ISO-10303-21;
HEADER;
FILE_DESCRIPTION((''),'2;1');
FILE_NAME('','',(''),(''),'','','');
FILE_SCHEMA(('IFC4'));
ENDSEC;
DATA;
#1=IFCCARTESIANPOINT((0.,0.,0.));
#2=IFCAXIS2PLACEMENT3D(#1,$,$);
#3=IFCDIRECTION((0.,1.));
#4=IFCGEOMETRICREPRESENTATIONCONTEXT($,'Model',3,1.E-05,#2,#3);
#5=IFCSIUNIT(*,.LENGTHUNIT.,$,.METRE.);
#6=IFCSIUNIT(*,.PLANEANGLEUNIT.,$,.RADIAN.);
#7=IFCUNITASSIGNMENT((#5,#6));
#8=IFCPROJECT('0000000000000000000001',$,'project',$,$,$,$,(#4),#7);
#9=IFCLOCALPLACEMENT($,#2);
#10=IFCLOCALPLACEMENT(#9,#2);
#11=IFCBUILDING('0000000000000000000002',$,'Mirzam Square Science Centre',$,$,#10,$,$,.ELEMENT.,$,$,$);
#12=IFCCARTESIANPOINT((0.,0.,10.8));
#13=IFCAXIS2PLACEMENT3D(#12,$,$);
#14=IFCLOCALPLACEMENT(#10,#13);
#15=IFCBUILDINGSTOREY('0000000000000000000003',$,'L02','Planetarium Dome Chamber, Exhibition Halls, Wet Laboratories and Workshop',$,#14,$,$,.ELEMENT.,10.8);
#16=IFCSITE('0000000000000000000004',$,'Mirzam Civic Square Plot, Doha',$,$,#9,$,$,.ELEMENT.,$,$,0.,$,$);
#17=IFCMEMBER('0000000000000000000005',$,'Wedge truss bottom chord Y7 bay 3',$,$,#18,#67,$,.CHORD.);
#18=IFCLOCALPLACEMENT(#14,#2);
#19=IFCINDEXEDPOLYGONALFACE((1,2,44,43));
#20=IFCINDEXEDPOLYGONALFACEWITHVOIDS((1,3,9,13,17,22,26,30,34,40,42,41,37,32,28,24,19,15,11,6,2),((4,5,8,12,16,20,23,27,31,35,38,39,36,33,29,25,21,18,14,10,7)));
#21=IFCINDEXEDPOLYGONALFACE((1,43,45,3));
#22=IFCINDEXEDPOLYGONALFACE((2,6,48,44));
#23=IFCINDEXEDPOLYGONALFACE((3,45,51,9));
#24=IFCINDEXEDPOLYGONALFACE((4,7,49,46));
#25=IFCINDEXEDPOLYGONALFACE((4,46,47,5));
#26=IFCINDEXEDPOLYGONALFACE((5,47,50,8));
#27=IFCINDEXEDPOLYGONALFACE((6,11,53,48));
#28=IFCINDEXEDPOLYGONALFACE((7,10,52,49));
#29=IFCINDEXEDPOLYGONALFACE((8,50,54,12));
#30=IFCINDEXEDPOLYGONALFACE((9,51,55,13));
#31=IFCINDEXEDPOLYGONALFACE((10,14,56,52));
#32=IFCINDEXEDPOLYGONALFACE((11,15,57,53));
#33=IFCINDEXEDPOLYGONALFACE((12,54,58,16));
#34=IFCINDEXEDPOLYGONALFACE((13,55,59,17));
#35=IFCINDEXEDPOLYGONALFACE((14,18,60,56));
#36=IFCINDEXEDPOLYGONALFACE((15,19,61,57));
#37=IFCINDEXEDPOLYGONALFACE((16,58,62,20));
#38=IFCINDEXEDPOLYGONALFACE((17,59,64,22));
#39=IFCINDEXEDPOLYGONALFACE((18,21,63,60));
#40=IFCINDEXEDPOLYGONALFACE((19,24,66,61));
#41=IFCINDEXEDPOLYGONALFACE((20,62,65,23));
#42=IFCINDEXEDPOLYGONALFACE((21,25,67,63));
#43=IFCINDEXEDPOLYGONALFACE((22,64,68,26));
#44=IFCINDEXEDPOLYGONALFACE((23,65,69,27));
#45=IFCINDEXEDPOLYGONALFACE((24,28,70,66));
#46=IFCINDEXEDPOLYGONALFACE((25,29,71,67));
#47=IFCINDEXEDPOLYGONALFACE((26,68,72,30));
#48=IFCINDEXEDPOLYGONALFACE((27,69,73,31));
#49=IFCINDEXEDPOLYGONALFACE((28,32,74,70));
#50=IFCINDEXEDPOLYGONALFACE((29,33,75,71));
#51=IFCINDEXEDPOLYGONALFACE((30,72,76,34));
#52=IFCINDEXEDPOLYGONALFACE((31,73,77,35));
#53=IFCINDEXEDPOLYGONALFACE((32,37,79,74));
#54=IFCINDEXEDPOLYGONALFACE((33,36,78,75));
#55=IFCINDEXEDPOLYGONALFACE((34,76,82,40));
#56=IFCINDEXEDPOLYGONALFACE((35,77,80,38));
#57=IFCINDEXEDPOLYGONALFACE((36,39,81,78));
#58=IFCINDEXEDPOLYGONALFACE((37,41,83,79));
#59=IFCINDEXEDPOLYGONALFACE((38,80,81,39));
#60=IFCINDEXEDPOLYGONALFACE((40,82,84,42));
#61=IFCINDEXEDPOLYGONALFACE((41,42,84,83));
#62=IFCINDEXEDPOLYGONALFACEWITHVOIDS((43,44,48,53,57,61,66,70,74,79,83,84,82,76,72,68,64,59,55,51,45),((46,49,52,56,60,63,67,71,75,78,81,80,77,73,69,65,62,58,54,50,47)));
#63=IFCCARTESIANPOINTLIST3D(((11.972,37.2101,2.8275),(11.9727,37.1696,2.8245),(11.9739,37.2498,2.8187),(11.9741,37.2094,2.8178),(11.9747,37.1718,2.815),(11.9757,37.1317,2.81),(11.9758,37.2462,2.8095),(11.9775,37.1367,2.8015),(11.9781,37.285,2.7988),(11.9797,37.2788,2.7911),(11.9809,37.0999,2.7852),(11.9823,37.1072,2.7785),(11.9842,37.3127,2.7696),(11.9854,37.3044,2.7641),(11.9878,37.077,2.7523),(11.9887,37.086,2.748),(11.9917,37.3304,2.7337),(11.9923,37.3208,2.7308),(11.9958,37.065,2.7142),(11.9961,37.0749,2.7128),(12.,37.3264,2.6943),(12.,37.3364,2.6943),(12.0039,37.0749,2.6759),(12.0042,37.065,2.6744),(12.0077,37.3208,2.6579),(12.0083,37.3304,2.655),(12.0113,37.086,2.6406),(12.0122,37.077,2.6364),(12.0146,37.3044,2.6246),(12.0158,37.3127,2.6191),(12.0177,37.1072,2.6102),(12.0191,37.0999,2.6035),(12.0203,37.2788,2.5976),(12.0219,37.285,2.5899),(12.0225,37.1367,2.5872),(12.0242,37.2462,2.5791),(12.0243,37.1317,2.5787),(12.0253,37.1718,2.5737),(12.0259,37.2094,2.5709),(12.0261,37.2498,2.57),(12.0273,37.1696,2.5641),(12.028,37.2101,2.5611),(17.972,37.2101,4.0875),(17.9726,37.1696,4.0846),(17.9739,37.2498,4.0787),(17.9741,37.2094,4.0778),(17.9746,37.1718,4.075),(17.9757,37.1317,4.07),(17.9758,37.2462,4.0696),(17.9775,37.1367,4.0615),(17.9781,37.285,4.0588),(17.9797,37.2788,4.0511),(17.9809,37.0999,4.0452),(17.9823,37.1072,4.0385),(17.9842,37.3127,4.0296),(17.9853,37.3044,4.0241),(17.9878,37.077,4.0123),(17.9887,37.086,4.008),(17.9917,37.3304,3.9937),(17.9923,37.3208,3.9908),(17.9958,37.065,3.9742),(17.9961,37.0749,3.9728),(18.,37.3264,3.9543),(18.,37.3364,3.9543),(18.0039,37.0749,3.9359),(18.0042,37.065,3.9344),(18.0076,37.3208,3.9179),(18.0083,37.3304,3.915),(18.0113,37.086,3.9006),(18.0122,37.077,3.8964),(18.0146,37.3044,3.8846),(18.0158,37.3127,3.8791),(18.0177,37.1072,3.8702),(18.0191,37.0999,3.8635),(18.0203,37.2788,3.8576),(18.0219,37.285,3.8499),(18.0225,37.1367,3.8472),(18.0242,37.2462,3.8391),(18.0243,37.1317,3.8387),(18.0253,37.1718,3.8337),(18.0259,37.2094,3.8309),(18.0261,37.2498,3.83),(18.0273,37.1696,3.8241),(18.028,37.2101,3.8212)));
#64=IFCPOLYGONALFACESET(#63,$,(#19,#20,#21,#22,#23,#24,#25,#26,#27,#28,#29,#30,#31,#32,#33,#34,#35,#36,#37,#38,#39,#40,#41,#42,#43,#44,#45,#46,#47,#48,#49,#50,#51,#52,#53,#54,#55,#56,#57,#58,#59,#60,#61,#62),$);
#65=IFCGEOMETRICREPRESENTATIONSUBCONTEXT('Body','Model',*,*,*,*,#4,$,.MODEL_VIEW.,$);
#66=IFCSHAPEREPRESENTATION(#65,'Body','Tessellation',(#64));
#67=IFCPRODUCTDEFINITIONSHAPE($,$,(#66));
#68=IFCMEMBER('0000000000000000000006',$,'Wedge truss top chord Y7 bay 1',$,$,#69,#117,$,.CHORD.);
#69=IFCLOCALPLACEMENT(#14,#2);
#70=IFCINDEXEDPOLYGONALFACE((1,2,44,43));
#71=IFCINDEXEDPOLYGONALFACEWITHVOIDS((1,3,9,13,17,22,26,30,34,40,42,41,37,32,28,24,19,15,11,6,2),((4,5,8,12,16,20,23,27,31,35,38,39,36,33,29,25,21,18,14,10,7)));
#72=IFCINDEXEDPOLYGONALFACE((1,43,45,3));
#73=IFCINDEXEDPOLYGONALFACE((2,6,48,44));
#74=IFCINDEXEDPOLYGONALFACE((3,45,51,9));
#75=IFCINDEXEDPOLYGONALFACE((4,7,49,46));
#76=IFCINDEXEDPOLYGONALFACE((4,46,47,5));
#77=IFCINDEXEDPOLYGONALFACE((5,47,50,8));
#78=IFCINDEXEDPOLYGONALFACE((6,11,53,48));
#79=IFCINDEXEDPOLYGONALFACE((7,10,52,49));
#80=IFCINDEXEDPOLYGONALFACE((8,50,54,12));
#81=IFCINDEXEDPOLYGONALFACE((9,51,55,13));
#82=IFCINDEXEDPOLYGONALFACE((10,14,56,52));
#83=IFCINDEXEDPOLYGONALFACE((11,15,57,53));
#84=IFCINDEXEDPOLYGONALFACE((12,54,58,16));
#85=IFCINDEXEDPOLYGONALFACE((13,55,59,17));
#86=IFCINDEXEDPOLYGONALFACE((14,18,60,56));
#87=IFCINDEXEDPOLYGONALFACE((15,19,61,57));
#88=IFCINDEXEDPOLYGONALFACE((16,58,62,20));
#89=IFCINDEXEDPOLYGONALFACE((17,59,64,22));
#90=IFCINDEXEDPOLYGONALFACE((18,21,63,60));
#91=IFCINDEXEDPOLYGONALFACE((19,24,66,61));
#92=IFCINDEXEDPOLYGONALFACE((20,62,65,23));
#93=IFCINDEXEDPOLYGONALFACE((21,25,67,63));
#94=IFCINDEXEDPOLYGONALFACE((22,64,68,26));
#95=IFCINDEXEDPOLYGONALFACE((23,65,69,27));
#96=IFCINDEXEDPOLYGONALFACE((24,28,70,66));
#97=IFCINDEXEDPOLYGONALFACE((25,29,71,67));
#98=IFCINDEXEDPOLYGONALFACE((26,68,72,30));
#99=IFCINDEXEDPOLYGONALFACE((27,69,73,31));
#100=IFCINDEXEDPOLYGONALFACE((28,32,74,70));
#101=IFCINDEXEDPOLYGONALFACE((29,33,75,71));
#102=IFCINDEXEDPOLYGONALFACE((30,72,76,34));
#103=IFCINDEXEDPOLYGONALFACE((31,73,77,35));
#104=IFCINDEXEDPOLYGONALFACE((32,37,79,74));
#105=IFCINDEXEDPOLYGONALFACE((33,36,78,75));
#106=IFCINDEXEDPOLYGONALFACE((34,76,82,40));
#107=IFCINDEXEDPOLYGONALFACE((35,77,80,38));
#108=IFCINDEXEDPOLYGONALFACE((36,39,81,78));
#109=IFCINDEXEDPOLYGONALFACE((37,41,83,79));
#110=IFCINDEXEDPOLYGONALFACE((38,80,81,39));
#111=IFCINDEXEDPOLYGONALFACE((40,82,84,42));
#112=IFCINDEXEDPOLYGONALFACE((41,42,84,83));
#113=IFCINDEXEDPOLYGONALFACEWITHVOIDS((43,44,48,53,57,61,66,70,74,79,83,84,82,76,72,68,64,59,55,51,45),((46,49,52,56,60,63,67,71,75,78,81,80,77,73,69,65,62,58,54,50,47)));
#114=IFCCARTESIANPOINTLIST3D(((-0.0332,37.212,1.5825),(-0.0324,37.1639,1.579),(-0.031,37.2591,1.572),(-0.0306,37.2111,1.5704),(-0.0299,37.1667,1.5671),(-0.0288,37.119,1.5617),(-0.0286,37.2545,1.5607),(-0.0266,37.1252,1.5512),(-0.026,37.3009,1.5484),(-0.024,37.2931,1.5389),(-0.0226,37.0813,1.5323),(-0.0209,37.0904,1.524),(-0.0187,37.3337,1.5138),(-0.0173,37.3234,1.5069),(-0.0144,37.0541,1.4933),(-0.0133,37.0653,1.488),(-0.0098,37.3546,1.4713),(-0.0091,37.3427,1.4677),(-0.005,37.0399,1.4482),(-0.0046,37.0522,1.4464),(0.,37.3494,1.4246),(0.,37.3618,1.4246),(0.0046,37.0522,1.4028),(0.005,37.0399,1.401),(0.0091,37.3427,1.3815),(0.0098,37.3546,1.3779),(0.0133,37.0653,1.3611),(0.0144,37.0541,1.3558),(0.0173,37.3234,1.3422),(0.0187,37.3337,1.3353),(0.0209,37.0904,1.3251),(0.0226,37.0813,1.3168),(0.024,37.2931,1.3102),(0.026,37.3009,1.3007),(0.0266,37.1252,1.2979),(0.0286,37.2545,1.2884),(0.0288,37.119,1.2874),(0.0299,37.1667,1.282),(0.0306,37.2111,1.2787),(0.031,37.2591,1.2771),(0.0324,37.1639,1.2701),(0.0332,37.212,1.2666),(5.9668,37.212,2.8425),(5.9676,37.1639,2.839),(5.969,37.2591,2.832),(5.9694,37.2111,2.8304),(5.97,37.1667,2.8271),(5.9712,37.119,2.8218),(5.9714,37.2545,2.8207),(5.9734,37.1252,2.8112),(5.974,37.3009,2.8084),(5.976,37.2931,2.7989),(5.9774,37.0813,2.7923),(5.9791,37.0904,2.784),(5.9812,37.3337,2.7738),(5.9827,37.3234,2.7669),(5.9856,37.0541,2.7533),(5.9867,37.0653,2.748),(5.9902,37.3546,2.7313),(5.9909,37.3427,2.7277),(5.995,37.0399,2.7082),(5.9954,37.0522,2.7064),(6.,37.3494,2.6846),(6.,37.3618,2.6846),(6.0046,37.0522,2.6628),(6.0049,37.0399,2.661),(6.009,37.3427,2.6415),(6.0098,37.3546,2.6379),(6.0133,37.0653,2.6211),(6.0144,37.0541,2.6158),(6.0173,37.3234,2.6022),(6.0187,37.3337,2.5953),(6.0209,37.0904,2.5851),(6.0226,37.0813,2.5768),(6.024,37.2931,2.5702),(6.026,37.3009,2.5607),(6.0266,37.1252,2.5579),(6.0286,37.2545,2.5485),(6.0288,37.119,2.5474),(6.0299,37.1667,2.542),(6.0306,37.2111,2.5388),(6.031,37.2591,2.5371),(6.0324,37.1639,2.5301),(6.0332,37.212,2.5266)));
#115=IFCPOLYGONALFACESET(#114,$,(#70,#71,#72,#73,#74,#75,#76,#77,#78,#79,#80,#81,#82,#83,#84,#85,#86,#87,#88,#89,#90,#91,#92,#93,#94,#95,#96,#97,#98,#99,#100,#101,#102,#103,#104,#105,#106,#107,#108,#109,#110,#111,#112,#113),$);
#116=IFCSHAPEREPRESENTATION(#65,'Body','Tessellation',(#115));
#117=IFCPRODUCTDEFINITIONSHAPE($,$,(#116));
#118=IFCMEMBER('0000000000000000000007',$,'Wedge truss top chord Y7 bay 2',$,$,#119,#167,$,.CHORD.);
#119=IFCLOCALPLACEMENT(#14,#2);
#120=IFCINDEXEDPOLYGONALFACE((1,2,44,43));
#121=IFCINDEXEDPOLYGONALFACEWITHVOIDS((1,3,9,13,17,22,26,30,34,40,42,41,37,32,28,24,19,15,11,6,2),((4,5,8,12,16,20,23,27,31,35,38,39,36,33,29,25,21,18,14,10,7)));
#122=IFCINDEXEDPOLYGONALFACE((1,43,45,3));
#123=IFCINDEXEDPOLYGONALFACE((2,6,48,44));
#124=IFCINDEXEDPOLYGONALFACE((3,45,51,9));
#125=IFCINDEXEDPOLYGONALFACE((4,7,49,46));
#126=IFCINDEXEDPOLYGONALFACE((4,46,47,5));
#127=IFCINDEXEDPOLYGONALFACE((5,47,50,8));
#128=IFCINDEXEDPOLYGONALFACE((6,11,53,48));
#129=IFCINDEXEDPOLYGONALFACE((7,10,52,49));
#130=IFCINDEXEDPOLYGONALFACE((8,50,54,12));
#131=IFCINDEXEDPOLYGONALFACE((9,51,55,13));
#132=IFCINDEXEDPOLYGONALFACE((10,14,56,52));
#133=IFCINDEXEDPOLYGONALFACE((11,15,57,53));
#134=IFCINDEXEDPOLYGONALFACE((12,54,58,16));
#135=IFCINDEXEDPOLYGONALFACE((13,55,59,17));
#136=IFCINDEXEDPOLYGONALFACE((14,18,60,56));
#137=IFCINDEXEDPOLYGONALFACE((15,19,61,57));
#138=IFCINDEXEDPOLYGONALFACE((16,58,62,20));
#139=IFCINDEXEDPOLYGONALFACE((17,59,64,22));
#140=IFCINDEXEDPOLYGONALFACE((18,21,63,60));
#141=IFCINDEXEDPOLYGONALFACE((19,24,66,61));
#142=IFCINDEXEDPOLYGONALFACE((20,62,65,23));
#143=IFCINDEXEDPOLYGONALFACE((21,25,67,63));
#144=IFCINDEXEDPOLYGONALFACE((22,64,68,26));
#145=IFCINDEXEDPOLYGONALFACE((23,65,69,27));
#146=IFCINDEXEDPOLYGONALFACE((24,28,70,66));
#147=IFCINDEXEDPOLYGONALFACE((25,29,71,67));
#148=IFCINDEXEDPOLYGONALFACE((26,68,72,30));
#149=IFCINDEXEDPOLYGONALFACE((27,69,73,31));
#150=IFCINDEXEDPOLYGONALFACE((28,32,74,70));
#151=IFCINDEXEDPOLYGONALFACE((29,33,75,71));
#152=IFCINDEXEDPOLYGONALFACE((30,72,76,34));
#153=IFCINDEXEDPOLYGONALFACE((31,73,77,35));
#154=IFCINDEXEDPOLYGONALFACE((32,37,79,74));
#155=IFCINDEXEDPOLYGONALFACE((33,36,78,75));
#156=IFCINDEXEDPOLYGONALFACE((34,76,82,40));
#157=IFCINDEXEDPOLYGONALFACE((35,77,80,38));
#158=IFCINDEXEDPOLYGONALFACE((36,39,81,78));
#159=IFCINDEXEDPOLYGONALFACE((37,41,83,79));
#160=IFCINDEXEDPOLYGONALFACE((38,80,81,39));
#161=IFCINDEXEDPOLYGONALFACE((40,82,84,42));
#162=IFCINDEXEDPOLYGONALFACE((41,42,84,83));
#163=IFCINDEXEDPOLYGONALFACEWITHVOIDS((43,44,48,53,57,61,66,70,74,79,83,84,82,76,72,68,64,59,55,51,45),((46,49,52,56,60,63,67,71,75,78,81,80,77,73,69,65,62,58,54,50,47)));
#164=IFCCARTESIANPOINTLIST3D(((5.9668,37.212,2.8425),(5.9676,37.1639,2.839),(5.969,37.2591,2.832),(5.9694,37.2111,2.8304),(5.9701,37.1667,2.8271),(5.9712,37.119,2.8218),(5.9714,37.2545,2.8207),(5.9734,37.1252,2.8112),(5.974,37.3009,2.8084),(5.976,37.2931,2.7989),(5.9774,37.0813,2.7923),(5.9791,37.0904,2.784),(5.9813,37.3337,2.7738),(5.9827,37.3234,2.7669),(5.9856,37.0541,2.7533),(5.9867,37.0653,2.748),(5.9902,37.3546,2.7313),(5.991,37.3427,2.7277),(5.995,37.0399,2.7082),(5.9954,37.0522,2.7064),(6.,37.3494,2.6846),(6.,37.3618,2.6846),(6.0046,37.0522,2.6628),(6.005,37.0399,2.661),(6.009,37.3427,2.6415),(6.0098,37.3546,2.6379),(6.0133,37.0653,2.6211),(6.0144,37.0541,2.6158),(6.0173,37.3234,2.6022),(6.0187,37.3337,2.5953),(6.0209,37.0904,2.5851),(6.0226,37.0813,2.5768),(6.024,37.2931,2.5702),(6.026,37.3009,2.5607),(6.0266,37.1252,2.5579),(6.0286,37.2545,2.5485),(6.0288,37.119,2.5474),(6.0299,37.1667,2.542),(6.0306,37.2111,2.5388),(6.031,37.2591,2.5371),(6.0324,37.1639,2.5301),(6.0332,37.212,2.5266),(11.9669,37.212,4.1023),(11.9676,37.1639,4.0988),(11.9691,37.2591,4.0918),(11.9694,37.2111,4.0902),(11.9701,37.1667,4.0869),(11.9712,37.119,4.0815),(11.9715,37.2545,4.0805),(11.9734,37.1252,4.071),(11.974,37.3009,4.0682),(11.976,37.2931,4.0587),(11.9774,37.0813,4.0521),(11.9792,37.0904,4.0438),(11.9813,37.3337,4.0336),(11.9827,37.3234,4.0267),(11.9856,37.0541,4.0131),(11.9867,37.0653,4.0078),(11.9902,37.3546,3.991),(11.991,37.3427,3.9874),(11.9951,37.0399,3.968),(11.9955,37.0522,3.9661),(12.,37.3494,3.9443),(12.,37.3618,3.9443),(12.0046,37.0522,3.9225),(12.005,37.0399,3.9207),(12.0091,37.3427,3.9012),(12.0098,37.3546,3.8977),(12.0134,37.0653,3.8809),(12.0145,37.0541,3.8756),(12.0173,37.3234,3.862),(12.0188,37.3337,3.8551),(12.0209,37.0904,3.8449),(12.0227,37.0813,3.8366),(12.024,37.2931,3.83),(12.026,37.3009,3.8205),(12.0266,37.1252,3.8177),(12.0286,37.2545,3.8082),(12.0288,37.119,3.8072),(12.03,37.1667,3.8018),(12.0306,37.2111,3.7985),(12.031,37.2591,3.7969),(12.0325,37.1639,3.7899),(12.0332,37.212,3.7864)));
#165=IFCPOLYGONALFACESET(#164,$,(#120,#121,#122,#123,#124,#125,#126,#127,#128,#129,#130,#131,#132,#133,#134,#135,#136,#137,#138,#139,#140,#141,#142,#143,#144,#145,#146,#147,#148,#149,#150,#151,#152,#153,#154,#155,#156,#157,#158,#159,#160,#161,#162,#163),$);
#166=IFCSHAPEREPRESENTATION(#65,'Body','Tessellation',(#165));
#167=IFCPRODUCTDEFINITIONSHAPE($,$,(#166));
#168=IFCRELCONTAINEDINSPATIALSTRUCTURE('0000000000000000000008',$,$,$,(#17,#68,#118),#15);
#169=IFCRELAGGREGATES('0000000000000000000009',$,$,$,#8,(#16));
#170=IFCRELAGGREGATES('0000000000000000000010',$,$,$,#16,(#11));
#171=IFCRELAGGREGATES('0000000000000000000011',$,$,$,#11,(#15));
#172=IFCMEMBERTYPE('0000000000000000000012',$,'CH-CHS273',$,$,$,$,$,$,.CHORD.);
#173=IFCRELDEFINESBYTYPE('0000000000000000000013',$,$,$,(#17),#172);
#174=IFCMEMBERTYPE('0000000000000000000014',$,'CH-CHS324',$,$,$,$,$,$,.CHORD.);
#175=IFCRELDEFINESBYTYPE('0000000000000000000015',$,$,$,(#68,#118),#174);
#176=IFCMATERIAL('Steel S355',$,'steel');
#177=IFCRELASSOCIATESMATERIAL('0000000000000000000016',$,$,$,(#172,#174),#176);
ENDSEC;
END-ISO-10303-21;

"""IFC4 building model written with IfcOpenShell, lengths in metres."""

from ifc_helpers import new_model, si_unit, direction, frame, origin, origin_2d, place, context, subcontext, project, spatial, hollow_circle, extrude, material, material_profile, profile_set, type_object, element, save


model = new_model("IFC4")

# Units and contexts
model_context = context("Model", 3, precision=1e-05, world=origin(), true_north=direction((0.0, 1.0)))
body_context = subcontext(model_context, "Body", "Model", "MODEL_VIEW")
ifc_project = project(units=[si_unit("LENGTHUNIT", "METRE"), si_unit("PLANEANGLEUNIT", "RADIAN")], contexts=[model_context])

# Site, building, storey
site_placement = place(None, origin())
site = spatial("IfcSite", under=ifc_project, at=site_placement, Name="Mirzam Civic Square Plot, Doha", CompositionType="ELEMENT", RefElevation=0.0)
building_placement = place(site_placement, origin())
building = spatial("IfcBuilding", under=site, at=building_placement, Name="Mirzam Square Science Centre", CompositionType="ELEMENT")
storey_placement = place(building_placement, frame((0.0, 0.0, 10.8)))
storey = spatial("IfcBuildingStorey", under=building, at=storey_placement, Name="L02", Description="Planetarium Dome Chamber, Exhibition Halls, Wet Laboratories and Workshop", CompositionType="ELEMENT", Elevation=10.8)

# Shared definitions
ifc_material_1 = material(Name="Steel S355", Category="steel")

# Members
ifc_material_profile_1 = material_profile(ifc_material_1, hollow_circle(Radius=0.1365, WallThickness=0.01, at=origin_2d()), Name="273.0x10.0CHS")
ifc_profile_set_1 = profile_set([ifc_material_profile_1], Name="Steel S355")
member_type_1 = type_object("IfcMemberType", Name="CH-CHS273", PredefinedType="CHORD", material=ifc_profile_set_1)
for number, where, z_axis, x_axis, name in (
    (1, (12.0, 37.2, 2.6943), (0.978653, 0.0, 0.205519), (0.0, 1.0, 0.0), "Wedge truss bottom chord Y7 bay 3"),
):
    element("IfcMember", number, at=place(storey_placement, frame(where, z_axis=z_axis, x_axis=x_axis)), inside=storey, type_object=member_type_1, Name=name, PredefinedType="CHORD", context=body_context, shape_type="SweptSolid", body=[
        extrude(hollow_circle(Radius=0.1365, WallThickness=0.01, at=origin_2d()), origin(), (0.0, 0.0, 1.0), 6.1309),
    ])
ifc_material_profile_2 = material_profile(ifc_material_1, hollow_circle(Radius=0.1619, WallThickness=0.0125, at=origin_2d()), Name="323.9x12.5CHS")
ifc_profile_set_2 = profile_set([ifc_material_profile_2], Name="Steel S355")
member_type_2 = type_object("IfcMemberType", Name="CH-CHS324", PredefinedType="CHORD", material=ifc_profile_set_2)
for number, where, z_axis, x_axis, name in (
    (2, (0.0, 37.2, 1.4246), (0.978653, 0.0, 0.205519), (0.0, 1.0, 0.0), "Wedge truss top chord Y7 bay 1"),
    (3, (6.0, 37.2, 2.6846), (0.978661, 0.0, 0.205481), (0.0, 1.0, 0.0), "Wedge truss top chord Y7 bay 2"),
):
    element("IfcMember", number, at=place(storey_placement, frame(where, z_axis=z_axis, x_axis=x_axis)), inside=storey, type_object=member_type_2, Name=name, PredefinedType="CHORD", context=body_context, shape_type="SweptSolid", body=[
        extrude(hollow_circle(Radius=0.1619, WallThickness=0.0125, at=origin_2d()), origin(), (0.0, 0.0, 1.0), 6.1309),
    ])

save(model, "model.ifc")
